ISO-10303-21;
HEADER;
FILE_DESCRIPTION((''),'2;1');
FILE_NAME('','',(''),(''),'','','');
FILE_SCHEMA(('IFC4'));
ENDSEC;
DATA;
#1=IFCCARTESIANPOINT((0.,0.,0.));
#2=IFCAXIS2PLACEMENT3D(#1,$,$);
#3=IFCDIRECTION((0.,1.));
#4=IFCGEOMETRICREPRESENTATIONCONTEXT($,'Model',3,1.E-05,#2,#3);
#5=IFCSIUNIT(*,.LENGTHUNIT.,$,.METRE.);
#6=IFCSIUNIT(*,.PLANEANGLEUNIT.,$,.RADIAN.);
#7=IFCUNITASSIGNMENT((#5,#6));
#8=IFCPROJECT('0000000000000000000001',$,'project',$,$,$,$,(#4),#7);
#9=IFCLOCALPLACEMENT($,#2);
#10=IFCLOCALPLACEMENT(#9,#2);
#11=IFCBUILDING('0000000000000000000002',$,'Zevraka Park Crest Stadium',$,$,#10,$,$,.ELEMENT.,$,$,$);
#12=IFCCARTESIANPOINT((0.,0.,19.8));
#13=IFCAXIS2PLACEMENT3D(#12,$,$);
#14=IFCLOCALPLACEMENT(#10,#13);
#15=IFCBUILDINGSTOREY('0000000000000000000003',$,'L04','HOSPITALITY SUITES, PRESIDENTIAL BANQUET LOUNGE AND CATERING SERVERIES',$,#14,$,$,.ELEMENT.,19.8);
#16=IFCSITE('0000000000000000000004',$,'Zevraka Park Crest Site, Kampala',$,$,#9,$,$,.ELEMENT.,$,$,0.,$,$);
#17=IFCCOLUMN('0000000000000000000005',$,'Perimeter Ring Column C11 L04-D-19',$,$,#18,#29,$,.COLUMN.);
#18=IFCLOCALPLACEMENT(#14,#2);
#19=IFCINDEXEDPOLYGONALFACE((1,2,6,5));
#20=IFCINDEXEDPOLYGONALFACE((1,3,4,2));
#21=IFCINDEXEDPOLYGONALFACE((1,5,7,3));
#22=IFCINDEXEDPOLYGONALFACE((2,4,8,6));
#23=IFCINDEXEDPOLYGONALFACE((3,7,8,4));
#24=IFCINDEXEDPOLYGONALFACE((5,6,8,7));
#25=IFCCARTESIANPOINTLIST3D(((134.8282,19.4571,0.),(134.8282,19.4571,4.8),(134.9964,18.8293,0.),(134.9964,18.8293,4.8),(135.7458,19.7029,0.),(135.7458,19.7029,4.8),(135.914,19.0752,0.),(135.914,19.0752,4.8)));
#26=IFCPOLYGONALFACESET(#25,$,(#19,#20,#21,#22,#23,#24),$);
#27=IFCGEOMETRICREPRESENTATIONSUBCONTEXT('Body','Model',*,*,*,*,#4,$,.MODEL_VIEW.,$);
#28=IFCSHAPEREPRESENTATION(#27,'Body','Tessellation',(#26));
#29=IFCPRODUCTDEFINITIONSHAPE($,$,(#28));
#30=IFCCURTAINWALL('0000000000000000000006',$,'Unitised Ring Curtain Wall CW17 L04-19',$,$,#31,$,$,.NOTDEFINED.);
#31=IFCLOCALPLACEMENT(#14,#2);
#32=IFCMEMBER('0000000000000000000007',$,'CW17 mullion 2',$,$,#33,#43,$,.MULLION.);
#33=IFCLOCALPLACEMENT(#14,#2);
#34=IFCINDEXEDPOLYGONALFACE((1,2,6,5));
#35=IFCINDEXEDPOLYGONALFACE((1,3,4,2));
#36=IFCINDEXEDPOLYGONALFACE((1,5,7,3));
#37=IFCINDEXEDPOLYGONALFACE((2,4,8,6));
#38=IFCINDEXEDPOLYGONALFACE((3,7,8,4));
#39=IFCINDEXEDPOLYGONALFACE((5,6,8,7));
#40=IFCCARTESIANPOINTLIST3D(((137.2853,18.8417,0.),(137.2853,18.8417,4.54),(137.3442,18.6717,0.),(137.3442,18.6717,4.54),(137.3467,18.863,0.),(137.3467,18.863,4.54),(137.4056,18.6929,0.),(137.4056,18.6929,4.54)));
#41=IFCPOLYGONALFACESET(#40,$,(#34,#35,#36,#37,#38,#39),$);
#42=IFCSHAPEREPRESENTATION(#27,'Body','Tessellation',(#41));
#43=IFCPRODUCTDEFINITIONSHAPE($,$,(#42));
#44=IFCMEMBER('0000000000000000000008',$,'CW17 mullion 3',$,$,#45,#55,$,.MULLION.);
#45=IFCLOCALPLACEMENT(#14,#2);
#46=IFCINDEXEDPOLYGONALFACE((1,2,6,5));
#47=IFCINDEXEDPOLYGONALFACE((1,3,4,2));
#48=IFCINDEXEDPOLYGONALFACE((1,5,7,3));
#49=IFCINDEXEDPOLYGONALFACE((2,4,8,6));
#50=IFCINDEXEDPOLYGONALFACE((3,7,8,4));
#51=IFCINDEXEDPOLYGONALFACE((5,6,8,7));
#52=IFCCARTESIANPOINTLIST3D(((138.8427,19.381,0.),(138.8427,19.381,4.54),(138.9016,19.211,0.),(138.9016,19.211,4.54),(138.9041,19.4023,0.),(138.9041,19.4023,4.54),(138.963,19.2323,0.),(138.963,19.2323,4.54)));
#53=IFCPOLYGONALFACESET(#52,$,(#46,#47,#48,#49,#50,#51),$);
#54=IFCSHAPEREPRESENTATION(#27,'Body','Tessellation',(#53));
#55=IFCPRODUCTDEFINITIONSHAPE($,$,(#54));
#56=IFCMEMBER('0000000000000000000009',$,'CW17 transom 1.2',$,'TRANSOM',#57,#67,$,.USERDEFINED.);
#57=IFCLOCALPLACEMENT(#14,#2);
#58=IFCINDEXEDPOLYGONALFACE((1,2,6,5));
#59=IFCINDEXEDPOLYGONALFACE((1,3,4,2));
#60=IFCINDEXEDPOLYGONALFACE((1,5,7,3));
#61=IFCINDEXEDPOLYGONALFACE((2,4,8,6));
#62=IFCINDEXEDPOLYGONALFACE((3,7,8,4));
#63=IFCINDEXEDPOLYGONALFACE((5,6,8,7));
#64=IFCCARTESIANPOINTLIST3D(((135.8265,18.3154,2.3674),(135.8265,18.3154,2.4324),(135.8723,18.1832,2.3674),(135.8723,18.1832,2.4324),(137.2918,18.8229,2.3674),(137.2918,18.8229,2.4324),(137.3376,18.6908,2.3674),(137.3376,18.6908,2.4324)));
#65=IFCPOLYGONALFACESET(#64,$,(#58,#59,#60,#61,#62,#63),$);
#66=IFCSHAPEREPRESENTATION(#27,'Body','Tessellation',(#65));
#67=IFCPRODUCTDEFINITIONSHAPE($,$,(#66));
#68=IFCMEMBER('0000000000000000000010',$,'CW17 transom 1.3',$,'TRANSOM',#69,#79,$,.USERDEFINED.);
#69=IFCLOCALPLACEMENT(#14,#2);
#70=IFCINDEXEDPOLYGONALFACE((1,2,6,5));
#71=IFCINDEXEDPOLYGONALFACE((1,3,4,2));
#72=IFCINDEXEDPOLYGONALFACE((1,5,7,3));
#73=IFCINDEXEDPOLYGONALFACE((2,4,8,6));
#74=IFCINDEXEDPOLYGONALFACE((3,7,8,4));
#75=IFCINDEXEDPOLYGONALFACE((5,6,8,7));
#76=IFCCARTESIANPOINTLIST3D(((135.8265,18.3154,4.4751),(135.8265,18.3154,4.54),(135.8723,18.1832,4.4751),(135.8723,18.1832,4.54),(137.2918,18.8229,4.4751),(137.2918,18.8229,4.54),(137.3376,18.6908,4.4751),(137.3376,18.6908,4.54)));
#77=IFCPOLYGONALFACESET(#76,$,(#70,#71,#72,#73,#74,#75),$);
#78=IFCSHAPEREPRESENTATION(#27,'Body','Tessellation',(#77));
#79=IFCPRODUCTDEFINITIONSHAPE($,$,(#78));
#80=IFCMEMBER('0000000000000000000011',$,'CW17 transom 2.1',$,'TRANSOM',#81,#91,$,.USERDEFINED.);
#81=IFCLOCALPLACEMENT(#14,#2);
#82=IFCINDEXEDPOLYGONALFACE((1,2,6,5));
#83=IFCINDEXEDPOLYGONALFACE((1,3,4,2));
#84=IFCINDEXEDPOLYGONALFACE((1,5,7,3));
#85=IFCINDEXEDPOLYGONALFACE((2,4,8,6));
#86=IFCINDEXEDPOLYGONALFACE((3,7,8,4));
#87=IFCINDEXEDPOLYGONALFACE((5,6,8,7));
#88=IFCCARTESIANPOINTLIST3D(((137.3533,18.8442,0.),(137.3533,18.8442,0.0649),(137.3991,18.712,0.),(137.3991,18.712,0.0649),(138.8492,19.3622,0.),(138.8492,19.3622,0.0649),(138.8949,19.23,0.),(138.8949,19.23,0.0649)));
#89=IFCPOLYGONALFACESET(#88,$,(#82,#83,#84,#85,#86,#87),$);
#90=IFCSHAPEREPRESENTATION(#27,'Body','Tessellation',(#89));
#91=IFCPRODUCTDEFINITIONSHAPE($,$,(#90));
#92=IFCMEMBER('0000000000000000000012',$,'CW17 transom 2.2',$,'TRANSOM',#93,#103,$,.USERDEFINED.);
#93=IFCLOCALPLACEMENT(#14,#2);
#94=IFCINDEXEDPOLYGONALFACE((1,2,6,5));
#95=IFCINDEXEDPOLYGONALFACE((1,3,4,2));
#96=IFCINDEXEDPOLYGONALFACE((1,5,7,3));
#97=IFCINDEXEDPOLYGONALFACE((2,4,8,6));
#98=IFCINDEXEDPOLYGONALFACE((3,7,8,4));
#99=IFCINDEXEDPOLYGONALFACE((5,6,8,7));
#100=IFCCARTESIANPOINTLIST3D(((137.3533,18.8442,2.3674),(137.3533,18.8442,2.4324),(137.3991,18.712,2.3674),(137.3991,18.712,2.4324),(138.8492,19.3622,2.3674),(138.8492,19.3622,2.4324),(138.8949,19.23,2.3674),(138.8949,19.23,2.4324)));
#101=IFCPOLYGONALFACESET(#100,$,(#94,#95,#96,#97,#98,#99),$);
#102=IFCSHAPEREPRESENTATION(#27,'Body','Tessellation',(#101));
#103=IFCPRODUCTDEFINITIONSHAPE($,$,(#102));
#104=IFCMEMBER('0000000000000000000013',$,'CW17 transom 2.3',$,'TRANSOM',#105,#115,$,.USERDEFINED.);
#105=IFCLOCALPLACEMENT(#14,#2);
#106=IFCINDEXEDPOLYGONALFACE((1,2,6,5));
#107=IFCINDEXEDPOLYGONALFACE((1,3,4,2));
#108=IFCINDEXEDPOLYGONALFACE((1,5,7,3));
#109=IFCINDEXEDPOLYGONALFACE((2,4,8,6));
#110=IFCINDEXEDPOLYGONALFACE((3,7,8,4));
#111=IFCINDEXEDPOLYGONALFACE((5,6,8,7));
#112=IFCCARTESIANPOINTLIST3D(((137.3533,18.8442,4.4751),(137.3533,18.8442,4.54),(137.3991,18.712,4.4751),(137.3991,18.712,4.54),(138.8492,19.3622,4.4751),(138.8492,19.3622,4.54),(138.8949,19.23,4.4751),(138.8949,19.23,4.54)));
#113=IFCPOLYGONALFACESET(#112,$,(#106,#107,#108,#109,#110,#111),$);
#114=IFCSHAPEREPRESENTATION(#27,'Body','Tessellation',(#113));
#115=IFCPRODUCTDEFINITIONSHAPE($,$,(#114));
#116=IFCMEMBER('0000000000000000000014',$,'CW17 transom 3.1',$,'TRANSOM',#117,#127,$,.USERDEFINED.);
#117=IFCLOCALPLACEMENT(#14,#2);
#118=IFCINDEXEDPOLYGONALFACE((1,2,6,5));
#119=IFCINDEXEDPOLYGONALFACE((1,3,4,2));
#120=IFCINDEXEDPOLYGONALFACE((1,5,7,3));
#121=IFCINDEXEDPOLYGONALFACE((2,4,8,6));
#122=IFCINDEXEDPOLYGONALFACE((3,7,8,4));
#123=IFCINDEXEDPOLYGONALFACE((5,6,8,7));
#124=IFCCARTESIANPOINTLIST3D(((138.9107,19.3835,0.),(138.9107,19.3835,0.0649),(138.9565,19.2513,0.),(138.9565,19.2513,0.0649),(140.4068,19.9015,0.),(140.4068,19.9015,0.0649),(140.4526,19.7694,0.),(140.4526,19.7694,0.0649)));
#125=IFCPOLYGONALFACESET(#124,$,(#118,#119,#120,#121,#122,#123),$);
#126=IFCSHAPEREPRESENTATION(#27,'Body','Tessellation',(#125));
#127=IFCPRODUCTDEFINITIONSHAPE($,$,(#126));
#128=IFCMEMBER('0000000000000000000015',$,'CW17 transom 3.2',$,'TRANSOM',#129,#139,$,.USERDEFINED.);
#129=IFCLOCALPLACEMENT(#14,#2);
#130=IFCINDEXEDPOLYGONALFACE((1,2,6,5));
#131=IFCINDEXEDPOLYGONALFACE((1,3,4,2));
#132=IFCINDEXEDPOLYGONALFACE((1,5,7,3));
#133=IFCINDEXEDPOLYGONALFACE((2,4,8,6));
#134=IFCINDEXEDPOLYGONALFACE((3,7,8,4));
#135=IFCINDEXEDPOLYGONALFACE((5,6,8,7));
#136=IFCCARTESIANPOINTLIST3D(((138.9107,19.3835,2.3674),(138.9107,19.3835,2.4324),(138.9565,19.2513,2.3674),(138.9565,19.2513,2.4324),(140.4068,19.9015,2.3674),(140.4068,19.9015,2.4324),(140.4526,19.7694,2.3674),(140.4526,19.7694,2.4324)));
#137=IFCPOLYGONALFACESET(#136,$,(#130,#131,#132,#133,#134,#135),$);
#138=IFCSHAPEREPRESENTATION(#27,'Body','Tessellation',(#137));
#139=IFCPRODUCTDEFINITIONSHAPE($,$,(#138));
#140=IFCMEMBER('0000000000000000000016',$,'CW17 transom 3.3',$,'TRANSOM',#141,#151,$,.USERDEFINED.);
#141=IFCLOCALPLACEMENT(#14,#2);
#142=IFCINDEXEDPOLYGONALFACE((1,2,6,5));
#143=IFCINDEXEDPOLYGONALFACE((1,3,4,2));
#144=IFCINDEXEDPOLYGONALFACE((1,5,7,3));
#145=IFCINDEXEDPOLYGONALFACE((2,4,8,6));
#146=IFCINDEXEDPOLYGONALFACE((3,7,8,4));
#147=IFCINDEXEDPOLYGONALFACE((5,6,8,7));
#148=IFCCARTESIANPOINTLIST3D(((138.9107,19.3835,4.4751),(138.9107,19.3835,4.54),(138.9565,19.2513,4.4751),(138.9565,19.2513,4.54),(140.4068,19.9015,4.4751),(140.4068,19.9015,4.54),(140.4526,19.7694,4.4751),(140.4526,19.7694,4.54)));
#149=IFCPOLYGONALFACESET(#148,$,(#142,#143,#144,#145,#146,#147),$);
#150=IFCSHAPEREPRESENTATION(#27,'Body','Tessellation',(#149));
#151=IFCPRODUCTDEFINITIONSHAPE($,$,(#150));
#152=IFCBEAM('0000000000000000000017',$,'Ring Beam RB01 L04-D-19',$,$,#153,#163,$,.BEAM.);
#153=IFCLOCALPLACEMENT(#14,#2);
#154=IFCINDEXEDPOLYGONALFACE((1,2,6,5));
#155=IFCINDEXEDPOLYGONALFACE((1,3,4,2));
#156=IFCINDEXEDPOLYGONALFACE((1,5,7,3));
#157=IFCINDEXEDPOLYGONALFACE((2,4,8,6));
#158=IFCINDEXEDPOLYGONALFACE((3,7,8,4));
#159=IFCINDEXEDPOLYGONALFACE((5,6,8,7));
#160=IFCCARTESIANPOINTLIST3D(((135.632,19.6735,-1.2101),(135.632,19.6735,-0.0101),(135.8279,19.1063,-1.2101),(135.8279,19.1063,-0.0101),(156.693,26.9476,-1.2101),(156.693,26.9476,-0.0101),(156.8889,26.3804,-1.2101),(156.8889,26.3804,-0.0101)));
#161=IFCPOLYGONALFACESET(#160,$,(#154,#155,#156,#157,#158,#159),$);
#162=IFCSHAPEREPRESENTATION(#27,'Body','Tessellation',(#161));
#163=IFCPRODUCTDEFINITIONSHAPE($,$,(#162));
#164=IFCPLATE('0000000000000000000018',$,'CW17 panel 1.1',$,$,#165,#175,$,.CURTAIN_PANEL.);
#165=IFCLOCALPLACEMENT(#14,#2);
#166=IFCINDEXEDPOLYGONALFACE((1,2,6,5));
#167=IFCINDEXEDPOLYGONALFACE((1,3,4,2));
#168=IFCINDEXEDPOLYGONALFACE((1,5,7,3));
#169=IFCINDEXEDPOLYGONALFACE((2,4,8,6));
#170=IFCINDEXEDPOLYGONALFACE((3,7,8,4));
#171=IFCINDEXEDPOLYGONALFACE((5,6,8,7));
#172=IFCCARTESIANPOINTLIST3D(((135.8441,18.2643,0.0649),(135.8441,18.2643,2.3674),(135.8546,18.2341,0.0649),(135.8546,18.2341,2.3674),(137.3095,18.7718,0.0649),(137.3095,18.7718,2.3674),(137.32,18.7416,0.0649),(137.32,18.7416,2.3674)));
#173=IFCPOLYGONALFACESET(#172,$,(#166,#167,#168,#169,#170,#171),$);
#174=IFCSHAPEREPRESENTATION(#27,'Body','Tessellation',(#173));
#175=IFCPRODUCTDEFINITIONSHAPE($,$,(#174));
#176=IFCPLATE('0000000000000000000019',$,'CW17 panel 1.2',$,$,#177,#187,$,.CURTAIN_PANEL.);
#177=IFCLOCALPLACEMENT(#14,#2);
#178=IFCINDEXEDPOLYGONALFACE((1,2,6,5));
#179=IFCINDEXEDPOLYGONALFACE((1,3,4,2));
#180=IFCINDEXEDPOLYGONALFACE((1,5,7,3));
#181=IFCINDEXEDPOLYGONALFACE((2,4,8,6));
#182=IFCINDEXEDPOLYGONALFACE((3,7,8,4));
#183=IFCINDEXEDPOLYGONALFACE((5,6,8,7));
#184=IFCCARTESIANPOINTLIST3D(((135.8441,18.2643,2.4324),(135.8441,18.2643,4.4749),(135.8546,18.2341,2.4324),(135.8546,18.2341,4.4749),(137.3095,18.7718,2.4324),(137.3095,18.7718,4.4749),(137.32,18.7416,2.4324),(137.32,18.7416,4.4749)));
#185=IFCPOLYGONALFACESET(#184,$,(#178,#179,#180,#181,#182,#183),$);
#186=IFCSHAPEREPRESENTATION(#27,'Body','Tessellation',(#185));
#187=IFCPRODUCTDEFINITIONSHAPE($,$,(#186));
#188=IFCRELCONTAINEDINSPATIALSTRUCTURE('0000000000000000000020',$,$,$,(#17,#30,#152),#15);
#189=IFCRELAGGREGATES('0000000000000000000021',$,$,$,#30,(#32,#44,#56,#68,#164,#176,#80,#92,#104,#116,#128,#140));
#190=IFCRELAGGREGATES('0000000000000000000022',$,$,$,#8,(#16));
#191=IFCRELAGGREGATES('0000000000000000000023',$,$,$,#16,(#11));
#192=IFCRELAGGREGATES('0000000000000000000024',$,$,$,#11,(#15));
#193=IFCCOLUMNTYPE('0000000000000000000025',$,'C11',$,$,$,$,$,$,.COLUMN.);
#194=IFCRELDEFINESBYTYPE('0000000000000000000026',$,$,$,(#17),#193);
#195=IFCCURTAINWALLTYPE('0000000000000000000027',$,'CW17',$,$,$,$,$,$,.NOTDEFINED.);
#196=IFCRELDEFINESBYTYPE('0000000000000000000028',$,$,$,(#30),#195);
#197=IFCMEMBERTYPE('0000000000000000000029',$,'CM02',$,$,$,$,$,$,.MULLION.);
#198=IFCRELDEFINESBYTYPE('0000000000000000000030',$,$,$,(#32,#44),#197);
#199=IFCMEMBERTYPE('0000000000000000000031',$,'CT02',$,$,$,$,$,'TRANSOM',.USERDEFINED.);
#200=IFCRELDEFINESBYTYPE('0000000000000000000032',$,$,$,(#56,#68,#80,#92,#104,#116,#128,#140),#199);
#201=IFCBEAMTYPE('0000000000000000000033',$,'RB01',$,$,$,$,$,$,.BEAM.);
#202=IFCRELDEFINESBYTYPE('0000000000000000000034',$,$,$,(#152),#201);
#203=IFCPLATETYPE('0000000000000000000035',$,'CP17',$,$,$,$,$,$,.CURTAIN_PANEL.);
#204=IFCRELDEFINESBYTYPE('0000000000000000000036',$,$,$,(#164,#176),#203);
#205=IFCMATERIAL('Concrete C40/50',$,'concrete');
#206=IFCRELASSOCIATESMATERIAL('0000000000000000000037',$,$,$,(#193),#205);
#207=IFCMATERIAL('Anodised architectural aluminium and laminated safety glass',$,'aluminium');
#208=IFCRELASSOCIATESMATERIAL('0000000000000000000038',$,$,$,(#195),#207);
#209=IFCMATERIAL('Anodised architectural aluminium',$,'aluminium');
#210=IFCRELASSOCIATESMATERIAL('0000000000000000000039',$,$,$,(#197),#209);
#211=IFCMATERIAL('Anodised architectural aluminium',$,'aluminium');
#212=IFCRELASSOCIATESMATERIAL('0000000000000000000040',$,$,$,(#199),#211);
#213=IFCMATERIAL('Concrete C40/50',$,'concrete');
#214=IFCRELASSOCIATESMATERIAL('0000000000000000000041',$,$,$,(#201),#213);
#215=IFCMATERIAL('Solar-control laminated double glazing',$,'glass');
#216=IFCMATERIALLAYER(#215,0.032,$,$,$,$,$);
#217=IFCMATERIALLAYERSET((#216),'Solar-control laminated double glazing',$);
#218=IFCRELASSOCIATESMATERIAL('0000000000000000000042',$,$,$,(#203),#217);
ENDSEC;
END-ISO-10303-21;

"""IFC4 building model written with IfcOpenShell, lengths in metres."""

from ifc_helpers import new_model, si_unit, direction, frame, origin, origin_2d, place, context, subcontext, project, spatial, rectangle, extrude, material, layer, layer_set, material_profile, profile_set, type_object, element, aggregate, save


model = new_model("IFC4")

# Units and contexts
model_context = context("Model", 3, precision=1e-05, world=origin(), true_north=direction((0.0, 1.0)))
body_context = subcontext(model_context, "Body", "Model", "MODEL_VIEW")
ifc_project = project(units=[si_unit("LENGTHUNIT", "METRE"), si_unit("PLANEANGLEUNIT", "RADIAN")], contexts=[model_context])

# Site, building, storey
site_placement = place(None, origin())
site = spatial("IfcSite", under=ifc_project, at=site_placement, Name="Zevraka Park Crest Site, Kampala", CompositionType="ELEMENT", RefElevation=0.0)
building_placement = place(site_placement, origin())
building = spatial("IfcBuilding", under=site, at=building_placement, Name="Zevraka Park Crest Stadium", CompositionType="ELEMENT")
storey_placement = place(building_placement, frame((0.0, 0.0, 19.8)))
storey = spatial("IfcBuildingStorey", under=building, at=storey_placement, Name="L04", Description="HOSPITALITY SUITES, PRESIDENTIAL BANQUET LOUNGE AND CATERING SERVERIES", CompositionType="ELEMENT", Elevation=19.8)

# Column
ifc_material_1 = material(Name="Concrete C40/50", Category="concrete")
ifc_material_profile_1 = material_profile(ifc_material_1, rectangle(XDim=0.6499, YDim=0.95, at=origin_2d()), Name="RC 950x650")
ifc_profile_set_1 = profile_set([ifc_material_profile_1], Name="Concrete C40/50")
column_type = type_object("IfcColumnType", Name="C11", PredefinedType="COLUMN", material=ifc_profile_set_1)
column_placement = place(storey_placement, frame((135.3711, 19.2661, 0.0), z_axis=(0.0, 0.0, 1.0), x_axis=(-0.258819, 0.965926, 0.0)))
element("IfcColumn", 1, at=column_placement, inside=storey, type_object=column_type, Name="Perimeter Ring Column C11 L04-D-19", PredefinedType="COLUMN", context=body_context, shape_type="SweptSolid", body=[
    extrude(rectangle(XDim=0.6499, YDim=0.95, at=origin_2d()), origin(), (0.0, 0.0, 1.0), 4.8),
])

# Curtain wall, members
ifc_material_2 = material(Name="Anodised architectural aluminium and laminated safety glass", Category="aluminium")
curtain_wall_type = type_object("IfcCurtainWallType", Name="CW17", PredefinedType="NOTDEFINED", material=ifc_material_2)
curtain_wall_placement = place(storey_placement, origin())
curtain_wall = element("IfcCurtainWall", 2, at=curtain_wall_placement, inside=storey, type_object=curtain_wall_type, Name="Unitised Ring Curtain Wall CW17 L04-19", PredefinedType="NOTDEFINED")
ifc_material_3 = material(Name="Anodised architectural aluminium", Category="aluminium")
ifc_material_profile_2 = material_profile(ifc_material_3, rectangle(XDim=0.1799, YDim=0.0649, at=origin_2d()), Name="ALU MULLION 180x65")
ifc_profile_set_2 = profile_set([ifc_material_profile_2], Name="Anodised architectural aluminium")
member_type_1 = type_object("IfcMemberType", Name="CM02", PredefinedType="MULLION", material=ifc_profile_set_2)
member_1_placement = place(storey_placement, frame((137.3455, 18.7673, 0.0), z_axis=(0.0, 0.0, 1.0), x_axis=(-0.327245, 0.94494, 0.0)))
member_1 = element("IfcMember", 3, at=member_1_placement, type_object=member_type_1, Name="CW17 mullion 2", PredefinedType="MULLION", context=body_context, shape_type="SweptSolid", body=[
    extrude(rectangle(XDim=0.1799, YDim=0.0649, at=origin_2d()), origin(), (0.0, 0.0, 1.0), 4.54),
])
member_2_placement = place(storey_placement, frame((138.9028, 19.3066, 0.0), z_axis=(0.0, 0.0, 1.0), x_axis=(-0.327245, 0.94494, 0.0)))
member_2 = element("IfcMember", 4, at=member_2_placement, type_object=member_type_1, Name="CW17 mullion 3", PredefinedType="MULLION", context=body_context, shape_type="SweptSolid", body=[
    extrude(rectangle(XDim=0.1799, YDim=0.0649, at=origin_2d()), origin(), (0.0, 0.0, 1.0), 4.54),
])
ifc_material_4 = material(Name="Anodised architectural aluminium", Category="aluminium")
ifc_material_profile_3 = material_profile(ifc_material_4, rectangle(XDim=0.1399, YDim=0.0649, at=origin_2d()), Name="ALU TRANSOM 140x65")
ifc_profile_set_3 = profile_set([ifc_material_profile_3], Name="Anodised architectural aluminium")
member_type_2 = type_object("IfcMemberType", Name="CT02", ElementType="TRANSOM", PredefinedType="USERDEFINED", material=ifc_profile_set_3)
member_3_placement = place(storey_placement, frame((135.8494, 18.2493, 2.3999), z_axis=(0.944919, 0.327305, 0.0), x_axis=(-0.327305, 0.944919, 0.0)))
member_3 = element("IfcMember", 5, at=member_3_placement, type_object=member_type_2, Name="CW17 transom 1.2", ObjectType="TRANSOM", PredefinedType="USERDEFINED", context=body_context, shape_type="SweptSolid", body=[
    extrude(rectangle(XDim=0.1399, YDim=0.0649, at=origin_2d()), origin(), (0.0, 0.0, 1.0), 1.5508),
])
member_4_placement = place(storey_placement, frame((135.8494, 18.2493, 4.5076), z_axis=(0.944919, 0.327305, 0.0), x_axis=(-0.327305, 0.944919, 0.0)))
member_4 = element("IfcMember", 6, at=member_4_placement, type_object=member_type_2, Name="CW17 transom 1.3", ObjectType="TRANSOM", PredefinedType="USERDEFINED", context=body_context, shape_type="SweptSolid", body=[
    extrude(rectangle(XDim=0.1399, YDim=0.0649, at=origin_2d()), origin(), (0.0, 0.0, 1.0), 1.5508),
])
member_5_placement = place(storey_placement, frame((137.3762, 18.7781, 0.0325), z_axis=(0.944933, 0.327264, 0.0), x_axis=(-0.327264, 0.944933, 0.0)))
member_5 = element("IfcMember", 7, at=member_5_placement, type_object=member_type_2, Name="CW17 transom 2.1", ObjectType="TRANSOM", PredefinedType="USERDEFINED", context=body_context, shape_type="SweptSolid", body=[
    extrude(rectangle(XDim=0.1399, YDim=0.0649, at=origin_2d()), origin(), (0.0, 0.0, 1.0), 1.583),
])
member_6_placement = place(storey_placement, frame((137.3762, 18.7781, 2.3999), z_axis=(0.944933, 0.327264, 0.0), x_axis=(-0.327264, 0.944933, 0.0)))
member_6 = element("IfcMember", 8, at=member_6_placement, type_object=member_type_2, Name="CW17 transom 2.2", ObjectType="TRANSOM", PredefinedType="USERDEFINED", context=body_context, shape_type="SweptSolid", body=[
    extrude(rectangle(XDim=0.1399, YDim=0.0649, at=origin_2d()), origin(), (0.0, 0.0, 1.0), 1.583),
])
member_7_placement = place(storey_placement, frame((137.3762, 18.7781, 4.5076), z_axis=(0.944933, 0.327264, 0.0), x_axis=(-0.327264, 0.944933, 0.0)))
member_7 = element("IfcMember", 9, at=member_7_placement, type_object=member_type_2, Name="CW17 transom 2.3", ObjectType="TRANSOM", PredefinedType="USERDEFINED", context=body_context, shape_type="SweptSolid", body=[
    extrude(rectangle(XDim=0.1399, YDim=0.0649, at=origin_2d()), origin(), (0.0, 0.0, 1.0), 1.583),
])
member_8_placement = place(storey_placement, frame((138.9336, 19.3174, 0.0325), z_axis=(0.944949, 0.327216, 0.0), x_axis=(-0.327216, 0.944949, 0.0)))
member_8 = element("IfcMember", 10, at=member_8_placement, type_object=member_type_2, Name="CW17 transom 3.1", ObjectType="TRANSOM", PredefinedType="USERDEFINED", context=body_context, shape_type="SweptSolid", body=[
    extrude(rectangle(XDim=0.1399, YDim=0.0649, at=origin_2d()), origin(), (0.0, 0.0, 1.0), 1.5833),
])
member_9_placement = place(storey_placement, frame((138.9336, 19.3174, 2.3999), z_axis=(0.944949, 0.327216, 0.0), x_axis=(-0.327216, 0.944949, 0.0)))
member_9 = element("IfcMember", 11, at=member_9_placement, type_object=member_type_2, Name="CW17 transom 3.2", ObjectType="TRANSOM", PredefinedType="USERDEFINED", context=body_context, shape_type="SweptSolid", body=[
    extrude(rectangle(XDim=0.1399, YDim=0.0649, at=origin_2d()), origin(), (0.0, 0.0, 1.0), 1.5833),
])
member_10_placement = place(storey_placement, frame((138.9336, 19.3174, 4.5076), z_axis=(0.944949, 0.327216, 0.0), x_axis=(-0.327216, 0.944949, 0.0)))
member_10 = element("IfcMember", 12, at=member_10_placement, type_object=member_type_2, Name="CW17 transom 3.3", ObjectType="TRANSOM", PredefinedType="USERDEFINED", context=body_context, shape_type="SweptSolid", body=[
    extrude(rectangle(XDim=0.1399, YDim=0.0649, at=origin_2d()), origin(), (0.0, 0.0, 1.0), 1.5833),
])

# Beam
ifc_material_5 = material(Name="Concrete C40/50", Category="concrete")
ifc_material_profile_4 = material_profile(ifc_material_5, rectangle(XDim=0.6001, YDim=1.2, at=origin_2d()), Name="RC 1200x600")
ifc_profile_set_4 = profile_set([ifc_material_profile_4], Name="Concrete C40/50")
beam_type = type_object("IfcBeamType", Name="RB01", PredefinedType="BEAM", material=ifc_profile_set_4)
beam_placement = place(storey_placement, frame((135.73, 19.3899, -0.6101), z_axis=(0.94521, 0.326462, 0.0), x_axis=(-0.326462, 0.94521, 0.0)))
element("IfcBeam", 13, at=beam_placement, inside=storey, type_object=beam_type, Name="Ring Beam RB01 L04-D-19", PredefinedType="BEAM", context=body_context, shape_type="SweptSolid", body=[
    extrude(rectangle(XDim=0.6001, YDim=1.2, at=origin_2d()), origin(), (0.0, 0.0, 1.0), 22.2817),
])

# Plates
ifc_material_6 = material(Name="Solar-control laminated double glazing", Category="glass")
ifc_layer_1 = layer(ifc_material_6, 0.032)
ifc_layer_set_1 = layer_set([ifc_layer_1], Name="Solar-control laminated double glazing")
plate_type = type_object("IfcPlateType", Name="CP17", PredefinedType="CURTAIN_PANEL", material=ifc_layer_set_1)
plate_1_placement = place(storey_placement, frame((136.582, 18.5029, 0.0649), z_axis=(0.0, 0.0, 1.0), x_axis=(0.94494, 0.327245, 0.0)))
plate_1 = element("IfcPlate", 14, at=plate_1_placement, type_object=plate_type, Name="CW17 panel 1.1", PredefinedType="CURTAIN_PANEL", context=body_context, shape_type="SweptSolid", body=[
    extrude(rectangle(XDim=1.5508, YDim=0.032, at=origin_2d()), origin(), (0.0, 0.0, 1.0), 2.3025),
])
plate_2_placement = place(storey_placement, frame((136.582, 18.5029, 2.4324), z_axis=(0.0, 0.0, 1.0), x_axis=(0.94494, 0.327245, 0.0)))
plate_2 = element("IfcPlate", 15, at=plate_2_placement, type_object=plate_type, Name="CW17 panel 1.2", PredefinedType="CURTAIN_PANEL", context=body_context, shape_type="SweptSolid", body=[
    extrude(rectangle(XDim=1.5508, YDim=0.032, at=origin_2d()), origin(), (0.0, 0.0, 1.0), 2.0425),
])
aggregate(curtain_wall, [member_1, member_2, member_3, member_4, plate_1, plate_2, member_5, member_6, member_7, member_8, member_9, member_10])

save(model, "model.ifc")
